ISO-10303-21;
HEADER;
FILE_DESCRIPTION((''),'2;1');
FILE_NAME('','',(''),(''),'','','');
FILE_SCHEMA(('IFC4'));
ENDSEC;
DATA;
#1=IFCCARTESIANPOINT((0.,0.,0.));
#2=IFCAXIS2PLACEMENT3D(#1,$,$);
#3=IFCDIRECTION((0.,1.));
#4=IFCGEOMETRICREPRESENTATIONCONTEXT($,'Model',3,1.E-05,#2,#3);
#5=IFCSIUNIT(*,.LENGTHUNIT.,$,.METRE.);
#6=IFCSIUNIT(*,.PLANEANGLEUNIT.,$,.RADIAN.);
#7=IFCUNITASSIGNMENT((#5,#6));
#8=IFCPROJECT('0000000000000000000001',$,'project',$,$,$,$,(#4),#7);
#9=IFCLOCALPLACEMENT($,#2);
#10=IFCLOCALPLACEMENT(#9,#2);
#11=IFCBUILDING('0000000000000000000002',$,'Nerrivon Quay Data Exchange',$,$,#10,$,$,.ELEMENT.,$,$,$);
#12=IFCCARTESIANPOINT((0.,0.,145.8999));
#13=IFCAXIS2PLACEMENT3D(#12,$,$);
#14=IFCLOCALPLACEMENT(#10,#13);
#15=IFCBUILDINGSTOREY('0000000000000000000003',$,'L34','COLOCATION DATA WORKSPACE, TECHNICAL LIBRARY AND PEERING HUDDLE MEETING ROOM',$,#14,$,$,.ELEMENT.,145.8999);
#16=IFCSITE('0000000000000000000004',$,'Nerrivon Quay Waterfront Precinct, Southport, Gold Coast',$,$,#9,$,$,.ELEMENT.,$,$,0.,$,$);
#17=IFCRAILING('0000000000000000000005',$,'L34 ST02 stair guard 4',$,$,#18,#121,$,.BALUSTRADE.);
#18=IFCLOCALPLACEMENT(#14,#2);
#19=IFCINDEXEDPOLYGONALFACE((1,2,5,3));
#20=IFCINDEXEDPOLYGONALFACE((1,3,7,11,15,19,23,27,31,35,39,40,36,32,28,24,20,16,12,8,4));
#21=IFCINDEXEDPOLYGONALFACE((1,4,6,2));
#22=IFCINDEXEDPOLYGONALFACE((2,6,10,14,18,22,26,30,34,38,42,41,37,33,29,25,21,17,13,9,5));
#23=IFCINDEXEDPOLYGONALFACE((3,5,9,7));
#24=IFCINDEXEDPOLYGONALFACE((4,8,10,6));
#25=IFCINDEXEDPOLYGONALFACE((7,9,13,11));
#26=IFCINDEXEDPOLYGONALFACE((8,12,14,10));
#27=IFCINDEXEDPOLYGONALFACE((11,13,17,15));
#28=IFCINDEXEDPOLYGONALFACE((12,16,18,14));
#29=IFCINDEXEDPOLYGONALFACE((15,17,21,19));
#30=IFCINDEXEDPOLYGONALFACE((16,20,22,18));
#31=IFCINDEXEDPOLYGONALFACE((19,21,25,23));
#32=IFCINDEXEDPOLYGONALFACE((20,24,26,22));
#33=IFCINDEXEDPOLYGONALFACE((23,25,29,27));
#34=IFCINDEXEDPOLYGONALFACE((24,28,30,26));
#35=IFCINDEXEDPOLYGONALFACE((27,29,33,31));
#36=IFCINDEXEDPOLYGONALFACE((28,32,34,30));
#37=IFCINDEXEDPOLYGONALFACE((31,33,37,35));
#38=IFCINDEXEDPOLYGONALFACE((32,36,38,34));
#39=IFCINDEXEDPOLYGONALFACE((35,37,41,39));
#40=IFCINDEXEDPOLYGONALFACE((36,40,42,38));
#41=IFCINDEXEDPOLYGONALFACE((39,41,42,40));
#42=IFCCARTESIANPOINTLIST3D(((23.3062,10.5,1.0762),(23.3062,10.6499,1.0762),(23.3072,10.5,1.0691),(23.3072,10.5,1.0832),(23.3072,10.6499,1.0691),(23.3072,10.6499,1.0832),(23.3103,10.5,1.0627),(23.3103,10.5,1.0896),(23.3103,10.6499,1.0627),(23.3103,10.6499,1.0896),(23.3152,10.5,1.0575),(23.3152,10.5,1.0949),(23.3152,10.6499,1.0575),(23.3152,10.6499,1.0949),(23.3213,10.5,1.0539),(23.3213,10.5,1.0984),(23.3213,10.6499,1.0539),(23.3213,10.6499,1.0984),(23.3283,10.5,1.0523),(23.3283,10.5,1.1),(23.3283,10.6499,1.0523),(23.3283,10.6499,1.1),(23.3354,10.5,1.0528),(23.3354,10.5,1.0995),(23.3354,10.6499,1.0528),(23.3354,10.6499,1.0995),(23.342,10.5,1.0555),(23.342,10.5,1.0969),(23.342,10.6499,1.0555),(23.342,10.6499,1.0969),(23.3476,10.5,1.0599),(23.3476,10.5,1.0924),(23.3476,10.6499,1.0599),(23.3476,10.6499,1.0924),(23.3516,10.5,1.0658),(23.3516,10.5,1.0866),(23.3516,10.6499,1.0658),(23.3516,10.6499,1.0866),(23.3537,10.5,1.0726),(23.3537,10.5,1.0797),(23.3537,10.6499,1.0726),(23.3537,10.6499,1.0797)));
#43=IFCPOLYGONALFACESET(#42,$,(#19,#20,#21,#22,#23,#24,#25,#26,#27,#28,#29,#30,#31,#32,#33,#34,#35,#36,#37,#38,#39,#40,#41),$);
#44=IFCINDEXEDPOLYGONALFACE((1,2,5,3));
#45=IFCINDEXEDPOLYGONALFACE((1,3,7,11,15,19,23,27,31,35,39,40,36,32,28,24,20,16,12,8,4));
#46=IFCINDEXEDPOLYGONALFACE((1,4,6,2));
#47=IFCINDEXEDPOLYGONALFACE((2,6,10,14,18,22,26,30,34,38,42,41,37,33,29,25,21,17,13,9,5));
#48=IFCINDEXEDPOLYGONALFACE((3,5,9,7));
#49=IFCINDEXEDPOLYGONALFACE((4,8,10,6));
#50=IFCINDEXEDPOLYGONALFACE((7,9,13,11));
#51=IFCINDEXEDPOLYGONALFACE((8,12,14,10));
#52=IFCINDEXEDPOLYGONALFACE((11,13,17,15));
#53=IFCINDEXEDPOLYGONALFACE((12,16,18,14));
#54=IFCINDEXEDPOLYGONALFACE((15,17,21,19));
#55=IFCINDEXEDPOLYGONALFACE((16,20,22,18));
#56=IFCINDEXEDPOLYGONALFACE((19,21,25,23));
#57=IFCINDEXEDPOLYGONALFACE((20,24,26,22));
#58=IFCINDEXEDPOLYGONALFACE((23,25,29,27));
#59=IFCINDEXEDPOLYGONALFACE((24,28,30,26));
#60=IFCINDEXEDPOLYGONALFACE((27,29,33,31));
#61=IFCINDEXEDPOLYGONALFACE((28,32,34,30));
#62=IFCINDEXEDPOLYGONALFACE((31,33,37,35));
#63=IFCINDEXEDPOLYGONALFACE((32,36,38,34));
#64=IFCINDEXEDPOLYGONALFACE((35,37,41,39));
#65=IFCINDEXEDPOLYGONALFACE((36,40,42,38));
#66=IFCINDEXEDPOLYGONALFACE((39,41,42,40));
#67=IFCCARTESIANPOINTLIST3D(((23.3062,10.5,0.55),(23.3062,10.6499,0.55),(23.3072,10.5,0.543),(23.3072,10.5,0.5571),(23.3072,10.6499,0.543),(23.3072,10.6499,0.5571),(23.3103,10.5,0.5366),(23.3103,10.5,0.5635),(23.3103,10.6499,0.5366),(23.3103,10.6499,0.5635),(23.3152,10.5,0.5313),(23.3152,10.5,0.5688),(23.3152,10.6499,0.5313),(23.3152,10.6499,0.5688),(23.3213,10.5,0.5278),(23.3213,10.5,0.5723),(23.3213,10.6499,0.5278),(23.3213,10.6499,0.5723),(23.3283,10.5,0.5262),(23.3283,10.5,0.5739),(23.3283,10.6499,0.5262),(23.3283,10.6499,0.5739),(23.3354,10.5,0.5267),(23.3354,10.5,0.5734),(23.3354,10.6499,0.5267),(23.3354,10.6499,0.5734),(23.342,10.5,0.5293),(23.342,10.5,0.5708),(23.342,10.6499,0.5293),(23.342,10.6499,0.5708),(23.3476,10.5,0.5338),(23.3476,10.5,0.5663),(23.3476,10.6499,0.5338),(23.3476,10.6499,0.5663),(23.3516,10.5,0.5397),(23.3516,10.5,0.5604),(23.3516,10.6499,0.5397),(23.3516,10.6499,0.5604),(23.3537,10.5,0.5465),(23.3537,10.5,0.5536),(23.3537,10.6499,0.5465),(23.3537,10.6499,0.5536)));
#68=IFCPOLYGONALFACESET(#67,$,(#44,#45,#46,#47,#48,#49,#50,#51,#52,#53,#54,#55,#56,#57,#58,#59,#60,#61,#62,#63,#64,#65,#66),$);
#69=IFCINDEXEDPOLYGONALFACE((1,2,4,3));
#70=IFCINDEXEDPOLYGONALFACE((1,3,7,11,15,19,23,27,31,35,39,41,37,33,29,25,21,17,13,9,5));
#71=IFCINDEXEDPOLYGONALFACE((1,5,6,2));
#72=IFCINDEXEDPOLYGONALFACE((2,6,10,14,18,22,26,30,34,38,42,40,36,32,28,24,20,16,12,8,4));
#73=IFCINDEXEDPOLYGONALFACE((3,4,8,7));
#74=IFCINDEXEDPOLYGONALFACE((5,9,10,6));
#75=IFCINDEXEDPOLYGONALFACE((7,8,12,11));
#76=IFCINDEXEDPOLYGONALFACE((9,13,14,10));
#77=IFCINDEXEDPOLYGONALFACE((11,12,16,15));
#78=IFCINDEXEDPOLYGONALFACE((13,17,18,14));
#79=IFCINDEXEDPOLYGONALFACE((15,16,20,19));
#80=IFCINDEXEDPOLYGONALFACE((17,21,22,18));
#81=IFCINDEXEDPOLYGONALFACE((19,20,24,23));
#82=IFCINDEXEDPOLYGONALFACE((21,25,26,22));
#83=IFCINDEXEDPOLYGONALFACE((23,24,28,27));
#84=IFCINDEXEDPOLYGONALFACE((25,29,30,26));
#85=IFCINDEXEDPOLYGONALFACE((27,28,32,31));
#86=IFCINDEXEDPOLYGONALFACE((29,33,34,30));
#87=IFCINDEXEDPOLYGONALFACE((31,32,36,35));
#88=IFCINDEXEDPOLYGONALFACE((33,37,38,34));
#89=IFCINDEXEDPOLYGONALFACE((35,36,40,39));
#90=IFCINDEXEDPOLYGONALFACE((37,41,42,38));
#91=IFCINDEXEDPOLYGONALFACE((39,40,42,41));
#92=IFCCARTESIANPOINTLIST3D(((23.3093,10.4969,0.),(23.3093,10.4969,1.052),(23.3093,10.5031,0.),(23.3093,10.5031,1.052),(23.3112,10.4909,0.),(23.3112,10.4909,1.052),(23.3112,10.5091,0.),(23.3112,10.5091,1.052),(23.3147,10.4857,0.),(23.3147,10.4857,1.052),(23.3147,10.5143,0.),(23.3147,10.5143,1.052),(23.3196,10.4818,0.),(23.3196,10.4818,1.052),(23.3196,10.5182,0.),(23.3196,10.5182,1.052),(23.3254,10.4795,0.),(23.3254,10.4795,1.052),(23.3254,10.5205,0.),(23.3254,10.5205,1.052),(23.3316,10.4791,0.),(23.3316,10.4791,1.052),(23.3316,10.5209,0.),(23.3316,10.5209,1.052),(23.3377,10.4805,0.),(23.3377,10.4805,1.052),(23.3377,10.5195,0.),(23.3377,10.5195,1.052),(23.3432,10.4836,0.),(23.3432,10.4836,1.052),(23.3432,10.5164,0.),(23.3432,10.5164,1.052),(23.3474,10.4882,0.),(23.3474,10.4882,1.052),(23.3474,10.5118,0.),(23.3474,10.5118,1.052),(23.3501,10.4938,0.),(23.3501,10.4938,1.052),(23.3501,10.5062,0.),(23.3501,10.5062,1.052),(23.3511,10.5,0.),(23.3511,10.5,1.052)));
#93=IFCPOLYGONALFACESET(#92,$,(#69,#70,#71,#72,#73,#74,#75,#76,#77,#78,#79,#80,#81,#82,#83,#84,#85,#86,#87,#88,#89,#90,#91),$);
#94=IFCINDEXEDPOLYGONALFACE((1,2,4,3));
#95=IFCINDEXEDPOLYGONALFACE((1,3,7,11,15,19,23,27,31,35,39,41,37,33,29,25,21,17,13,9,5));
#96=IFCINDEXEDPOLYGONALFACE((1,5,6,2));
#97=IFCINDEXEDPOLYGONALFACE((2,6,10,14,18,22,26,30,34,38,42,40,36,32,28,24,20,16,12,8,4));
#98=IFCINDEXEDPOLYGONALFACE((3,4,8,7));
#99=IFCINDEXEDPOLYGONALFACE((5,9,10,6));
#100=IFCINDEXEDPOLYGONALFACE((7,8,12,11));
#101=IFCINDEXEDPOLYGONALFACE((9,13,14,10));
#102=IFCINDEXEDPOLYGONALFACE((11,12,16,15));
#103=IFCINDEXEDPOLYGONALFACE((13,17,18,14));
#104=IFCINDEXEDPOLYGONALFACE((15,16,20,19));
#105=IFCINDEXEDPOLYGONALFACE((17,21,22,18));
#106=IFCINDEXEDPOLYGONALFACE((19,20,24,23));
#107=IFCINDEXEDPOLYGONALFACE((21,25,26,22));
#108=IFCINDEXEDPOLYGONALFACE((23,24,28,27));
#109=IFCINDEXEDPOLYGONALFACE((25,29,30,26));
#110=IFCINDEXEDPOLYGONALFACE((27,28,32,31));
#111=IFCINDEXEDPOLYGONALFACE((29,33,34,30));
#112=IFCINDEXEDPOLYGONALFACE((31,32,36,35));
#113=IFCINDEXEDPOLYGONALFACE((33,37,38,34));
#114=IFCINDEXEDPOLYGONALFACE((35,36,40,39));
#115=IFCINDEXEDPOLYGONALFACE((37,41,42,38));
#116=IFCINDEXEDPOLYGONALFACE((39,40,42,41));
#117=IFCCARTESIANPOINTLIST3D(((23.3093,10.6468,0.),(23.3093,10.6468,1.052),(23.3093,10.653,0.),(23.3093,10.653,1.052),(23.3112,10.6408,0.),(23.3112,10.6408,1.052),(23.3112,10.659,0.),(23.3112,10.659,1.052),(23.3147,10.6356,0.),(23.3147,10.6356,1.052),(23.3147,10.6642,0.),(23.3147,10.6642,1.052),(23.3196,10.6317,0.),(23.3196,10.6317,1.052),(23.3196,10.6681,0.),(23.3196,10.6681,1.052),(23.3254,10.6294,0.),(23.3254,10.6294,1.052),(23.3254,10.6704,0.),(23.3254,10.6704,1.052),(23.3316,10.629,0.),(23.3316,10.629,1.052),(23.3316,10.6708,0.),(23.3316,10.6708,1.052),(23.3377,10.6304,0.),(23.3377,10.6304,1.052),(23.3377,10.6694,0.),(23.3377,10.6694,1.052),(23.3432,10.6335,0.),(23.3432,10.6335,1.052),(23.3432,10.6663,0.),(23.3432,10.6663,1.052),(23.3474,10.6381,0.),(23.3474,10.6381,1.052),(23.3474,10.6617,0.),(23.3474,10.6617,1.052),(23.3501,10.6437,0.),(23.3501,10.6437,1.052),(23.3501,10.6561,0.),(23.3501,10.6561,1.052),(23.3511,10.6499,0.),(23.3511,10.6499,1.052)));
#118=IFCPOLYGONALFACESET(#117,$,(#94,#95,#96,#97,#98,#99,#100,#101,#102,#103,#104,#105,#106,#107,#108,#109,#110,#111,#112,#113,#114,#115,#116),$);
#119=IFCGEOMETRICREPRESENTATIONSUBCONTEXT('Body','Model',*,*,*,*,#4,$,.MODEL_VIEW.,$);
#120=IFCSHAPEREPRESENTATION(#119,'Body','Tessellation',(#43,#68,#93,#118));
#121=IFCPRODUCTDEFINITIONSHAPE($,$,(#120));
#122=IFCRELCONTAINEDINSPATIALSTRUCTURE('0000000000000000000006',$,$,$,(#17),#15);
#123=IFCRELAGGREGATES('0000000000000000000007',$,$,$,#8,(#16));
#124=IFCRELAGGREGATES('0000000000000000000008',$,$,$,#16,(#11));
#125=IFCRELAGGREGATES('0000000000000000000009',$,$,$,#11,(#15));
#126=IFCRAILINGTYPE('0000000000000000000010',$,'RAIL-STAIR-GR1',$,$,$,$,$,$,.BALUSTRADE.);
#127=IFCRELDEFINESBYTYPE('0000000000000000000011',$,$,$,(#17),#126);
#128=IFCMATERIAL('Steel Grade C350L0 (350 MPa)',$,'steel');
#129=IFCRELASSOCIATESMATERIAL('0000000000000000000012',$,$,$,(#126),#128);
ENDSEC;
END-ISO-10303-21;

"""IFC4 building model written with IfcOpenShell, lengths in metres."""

from ifc_helpers import new_model, si_unit, direction, frame, origin, origin_2d, place, context, subcontext, project, spatial, circle, extrude, material, type_object, element, save


model = new_model("IFC4")

# Units and contexts
model_context = context("Model", 3, precision=1e-05, world=origin(), true_north=direction((0.0, 1.0)))
body_context = subcontext(model_context, "Body", "Model", "MODEL_VIEW")
ifc_project = project(units=[si_unit("LENGTHUNIT", "METRE"), si_unit("PLANEANGLEUNIT", "RADIAN")], contexts=[model_context])

# Site, building, storey
site_placement = place(None, origin())
site = spatial("IfcSite", under=ifc_project, at=site_placement, Name="Nerrivon Quay Waterfront Precinct, Southport, Gold Coast", CompositionType="ELEMENT", RefElevation=0.0)
building_placement = place(site_placement, origin())
building = spatial("IfcBuilding", under=site, at=building_placement, Name="Nerrivon Quay Data Exchange", CompositionType="ELEMENT")
storey_placement = place(building_placement, frame((0.0, 0.0, 145.8999)))
storey = spatial("IfcBuildingStorey", under=building, at=storey_placement, Name="L34", Description="COLOCATION DATA WORKSPACE, TECHNICAL LIBRARY AND PEERING HUDDLE MEETING ROOM", CompositionType="ELEMENT", Elevation=145.8999)

# Railing
ifc_material_1 = material(Name="Steel Grade C350L0 (350 MPa)", Category="steel")
railing_type_1 = type_object("IfcRailingType", Name="RAIL-STAIR-GR1", PredefinedType="BALUSTRADE", material=ifc_material_1)
railing_1_placement = place(storey_placement, frame((23.3301, 10.5, 0.0)))
element("IfcRailing", 1, at=railing_1_placement, inside=storey, type_object=railing_type_1, Name="L34 ST02 stair guard 4", PredefinedType="BALUSTRADE", context=body_context, shape_type="SweptSolid", body=[
    extrude(circle(Radius=0.0239, at=origin_2d()), frame((0.0, 0.0, 1.0762), z_axis=(0.0, 1.0, 0.0), x_axis=(-1.0, 0.0, 0.0)), (0.0, 0.0, 1.0), 0.1499),
    extrude(circle(Radius=0.0239, at=origin_2d()), frame((0.0, 0.0, 0.55), z_axis=(0.0, 1.0, 0.0), x_axis=(-1.0, 0.0, 0.0)), (0.0, 0.0, 1.0), 0.1499),
    extrude(circle(Radius=0.021, at=origin_2d()), origin(), (0.0, 0.0, 1.0), 1.052),
    extrude(circle(Radius=0.021, at=origin_2d()), frame((0.0, 0.1499, 0.0)), (0.0, 0.0, 1.0), 1.052),
])

save(model, "model.ifc")
